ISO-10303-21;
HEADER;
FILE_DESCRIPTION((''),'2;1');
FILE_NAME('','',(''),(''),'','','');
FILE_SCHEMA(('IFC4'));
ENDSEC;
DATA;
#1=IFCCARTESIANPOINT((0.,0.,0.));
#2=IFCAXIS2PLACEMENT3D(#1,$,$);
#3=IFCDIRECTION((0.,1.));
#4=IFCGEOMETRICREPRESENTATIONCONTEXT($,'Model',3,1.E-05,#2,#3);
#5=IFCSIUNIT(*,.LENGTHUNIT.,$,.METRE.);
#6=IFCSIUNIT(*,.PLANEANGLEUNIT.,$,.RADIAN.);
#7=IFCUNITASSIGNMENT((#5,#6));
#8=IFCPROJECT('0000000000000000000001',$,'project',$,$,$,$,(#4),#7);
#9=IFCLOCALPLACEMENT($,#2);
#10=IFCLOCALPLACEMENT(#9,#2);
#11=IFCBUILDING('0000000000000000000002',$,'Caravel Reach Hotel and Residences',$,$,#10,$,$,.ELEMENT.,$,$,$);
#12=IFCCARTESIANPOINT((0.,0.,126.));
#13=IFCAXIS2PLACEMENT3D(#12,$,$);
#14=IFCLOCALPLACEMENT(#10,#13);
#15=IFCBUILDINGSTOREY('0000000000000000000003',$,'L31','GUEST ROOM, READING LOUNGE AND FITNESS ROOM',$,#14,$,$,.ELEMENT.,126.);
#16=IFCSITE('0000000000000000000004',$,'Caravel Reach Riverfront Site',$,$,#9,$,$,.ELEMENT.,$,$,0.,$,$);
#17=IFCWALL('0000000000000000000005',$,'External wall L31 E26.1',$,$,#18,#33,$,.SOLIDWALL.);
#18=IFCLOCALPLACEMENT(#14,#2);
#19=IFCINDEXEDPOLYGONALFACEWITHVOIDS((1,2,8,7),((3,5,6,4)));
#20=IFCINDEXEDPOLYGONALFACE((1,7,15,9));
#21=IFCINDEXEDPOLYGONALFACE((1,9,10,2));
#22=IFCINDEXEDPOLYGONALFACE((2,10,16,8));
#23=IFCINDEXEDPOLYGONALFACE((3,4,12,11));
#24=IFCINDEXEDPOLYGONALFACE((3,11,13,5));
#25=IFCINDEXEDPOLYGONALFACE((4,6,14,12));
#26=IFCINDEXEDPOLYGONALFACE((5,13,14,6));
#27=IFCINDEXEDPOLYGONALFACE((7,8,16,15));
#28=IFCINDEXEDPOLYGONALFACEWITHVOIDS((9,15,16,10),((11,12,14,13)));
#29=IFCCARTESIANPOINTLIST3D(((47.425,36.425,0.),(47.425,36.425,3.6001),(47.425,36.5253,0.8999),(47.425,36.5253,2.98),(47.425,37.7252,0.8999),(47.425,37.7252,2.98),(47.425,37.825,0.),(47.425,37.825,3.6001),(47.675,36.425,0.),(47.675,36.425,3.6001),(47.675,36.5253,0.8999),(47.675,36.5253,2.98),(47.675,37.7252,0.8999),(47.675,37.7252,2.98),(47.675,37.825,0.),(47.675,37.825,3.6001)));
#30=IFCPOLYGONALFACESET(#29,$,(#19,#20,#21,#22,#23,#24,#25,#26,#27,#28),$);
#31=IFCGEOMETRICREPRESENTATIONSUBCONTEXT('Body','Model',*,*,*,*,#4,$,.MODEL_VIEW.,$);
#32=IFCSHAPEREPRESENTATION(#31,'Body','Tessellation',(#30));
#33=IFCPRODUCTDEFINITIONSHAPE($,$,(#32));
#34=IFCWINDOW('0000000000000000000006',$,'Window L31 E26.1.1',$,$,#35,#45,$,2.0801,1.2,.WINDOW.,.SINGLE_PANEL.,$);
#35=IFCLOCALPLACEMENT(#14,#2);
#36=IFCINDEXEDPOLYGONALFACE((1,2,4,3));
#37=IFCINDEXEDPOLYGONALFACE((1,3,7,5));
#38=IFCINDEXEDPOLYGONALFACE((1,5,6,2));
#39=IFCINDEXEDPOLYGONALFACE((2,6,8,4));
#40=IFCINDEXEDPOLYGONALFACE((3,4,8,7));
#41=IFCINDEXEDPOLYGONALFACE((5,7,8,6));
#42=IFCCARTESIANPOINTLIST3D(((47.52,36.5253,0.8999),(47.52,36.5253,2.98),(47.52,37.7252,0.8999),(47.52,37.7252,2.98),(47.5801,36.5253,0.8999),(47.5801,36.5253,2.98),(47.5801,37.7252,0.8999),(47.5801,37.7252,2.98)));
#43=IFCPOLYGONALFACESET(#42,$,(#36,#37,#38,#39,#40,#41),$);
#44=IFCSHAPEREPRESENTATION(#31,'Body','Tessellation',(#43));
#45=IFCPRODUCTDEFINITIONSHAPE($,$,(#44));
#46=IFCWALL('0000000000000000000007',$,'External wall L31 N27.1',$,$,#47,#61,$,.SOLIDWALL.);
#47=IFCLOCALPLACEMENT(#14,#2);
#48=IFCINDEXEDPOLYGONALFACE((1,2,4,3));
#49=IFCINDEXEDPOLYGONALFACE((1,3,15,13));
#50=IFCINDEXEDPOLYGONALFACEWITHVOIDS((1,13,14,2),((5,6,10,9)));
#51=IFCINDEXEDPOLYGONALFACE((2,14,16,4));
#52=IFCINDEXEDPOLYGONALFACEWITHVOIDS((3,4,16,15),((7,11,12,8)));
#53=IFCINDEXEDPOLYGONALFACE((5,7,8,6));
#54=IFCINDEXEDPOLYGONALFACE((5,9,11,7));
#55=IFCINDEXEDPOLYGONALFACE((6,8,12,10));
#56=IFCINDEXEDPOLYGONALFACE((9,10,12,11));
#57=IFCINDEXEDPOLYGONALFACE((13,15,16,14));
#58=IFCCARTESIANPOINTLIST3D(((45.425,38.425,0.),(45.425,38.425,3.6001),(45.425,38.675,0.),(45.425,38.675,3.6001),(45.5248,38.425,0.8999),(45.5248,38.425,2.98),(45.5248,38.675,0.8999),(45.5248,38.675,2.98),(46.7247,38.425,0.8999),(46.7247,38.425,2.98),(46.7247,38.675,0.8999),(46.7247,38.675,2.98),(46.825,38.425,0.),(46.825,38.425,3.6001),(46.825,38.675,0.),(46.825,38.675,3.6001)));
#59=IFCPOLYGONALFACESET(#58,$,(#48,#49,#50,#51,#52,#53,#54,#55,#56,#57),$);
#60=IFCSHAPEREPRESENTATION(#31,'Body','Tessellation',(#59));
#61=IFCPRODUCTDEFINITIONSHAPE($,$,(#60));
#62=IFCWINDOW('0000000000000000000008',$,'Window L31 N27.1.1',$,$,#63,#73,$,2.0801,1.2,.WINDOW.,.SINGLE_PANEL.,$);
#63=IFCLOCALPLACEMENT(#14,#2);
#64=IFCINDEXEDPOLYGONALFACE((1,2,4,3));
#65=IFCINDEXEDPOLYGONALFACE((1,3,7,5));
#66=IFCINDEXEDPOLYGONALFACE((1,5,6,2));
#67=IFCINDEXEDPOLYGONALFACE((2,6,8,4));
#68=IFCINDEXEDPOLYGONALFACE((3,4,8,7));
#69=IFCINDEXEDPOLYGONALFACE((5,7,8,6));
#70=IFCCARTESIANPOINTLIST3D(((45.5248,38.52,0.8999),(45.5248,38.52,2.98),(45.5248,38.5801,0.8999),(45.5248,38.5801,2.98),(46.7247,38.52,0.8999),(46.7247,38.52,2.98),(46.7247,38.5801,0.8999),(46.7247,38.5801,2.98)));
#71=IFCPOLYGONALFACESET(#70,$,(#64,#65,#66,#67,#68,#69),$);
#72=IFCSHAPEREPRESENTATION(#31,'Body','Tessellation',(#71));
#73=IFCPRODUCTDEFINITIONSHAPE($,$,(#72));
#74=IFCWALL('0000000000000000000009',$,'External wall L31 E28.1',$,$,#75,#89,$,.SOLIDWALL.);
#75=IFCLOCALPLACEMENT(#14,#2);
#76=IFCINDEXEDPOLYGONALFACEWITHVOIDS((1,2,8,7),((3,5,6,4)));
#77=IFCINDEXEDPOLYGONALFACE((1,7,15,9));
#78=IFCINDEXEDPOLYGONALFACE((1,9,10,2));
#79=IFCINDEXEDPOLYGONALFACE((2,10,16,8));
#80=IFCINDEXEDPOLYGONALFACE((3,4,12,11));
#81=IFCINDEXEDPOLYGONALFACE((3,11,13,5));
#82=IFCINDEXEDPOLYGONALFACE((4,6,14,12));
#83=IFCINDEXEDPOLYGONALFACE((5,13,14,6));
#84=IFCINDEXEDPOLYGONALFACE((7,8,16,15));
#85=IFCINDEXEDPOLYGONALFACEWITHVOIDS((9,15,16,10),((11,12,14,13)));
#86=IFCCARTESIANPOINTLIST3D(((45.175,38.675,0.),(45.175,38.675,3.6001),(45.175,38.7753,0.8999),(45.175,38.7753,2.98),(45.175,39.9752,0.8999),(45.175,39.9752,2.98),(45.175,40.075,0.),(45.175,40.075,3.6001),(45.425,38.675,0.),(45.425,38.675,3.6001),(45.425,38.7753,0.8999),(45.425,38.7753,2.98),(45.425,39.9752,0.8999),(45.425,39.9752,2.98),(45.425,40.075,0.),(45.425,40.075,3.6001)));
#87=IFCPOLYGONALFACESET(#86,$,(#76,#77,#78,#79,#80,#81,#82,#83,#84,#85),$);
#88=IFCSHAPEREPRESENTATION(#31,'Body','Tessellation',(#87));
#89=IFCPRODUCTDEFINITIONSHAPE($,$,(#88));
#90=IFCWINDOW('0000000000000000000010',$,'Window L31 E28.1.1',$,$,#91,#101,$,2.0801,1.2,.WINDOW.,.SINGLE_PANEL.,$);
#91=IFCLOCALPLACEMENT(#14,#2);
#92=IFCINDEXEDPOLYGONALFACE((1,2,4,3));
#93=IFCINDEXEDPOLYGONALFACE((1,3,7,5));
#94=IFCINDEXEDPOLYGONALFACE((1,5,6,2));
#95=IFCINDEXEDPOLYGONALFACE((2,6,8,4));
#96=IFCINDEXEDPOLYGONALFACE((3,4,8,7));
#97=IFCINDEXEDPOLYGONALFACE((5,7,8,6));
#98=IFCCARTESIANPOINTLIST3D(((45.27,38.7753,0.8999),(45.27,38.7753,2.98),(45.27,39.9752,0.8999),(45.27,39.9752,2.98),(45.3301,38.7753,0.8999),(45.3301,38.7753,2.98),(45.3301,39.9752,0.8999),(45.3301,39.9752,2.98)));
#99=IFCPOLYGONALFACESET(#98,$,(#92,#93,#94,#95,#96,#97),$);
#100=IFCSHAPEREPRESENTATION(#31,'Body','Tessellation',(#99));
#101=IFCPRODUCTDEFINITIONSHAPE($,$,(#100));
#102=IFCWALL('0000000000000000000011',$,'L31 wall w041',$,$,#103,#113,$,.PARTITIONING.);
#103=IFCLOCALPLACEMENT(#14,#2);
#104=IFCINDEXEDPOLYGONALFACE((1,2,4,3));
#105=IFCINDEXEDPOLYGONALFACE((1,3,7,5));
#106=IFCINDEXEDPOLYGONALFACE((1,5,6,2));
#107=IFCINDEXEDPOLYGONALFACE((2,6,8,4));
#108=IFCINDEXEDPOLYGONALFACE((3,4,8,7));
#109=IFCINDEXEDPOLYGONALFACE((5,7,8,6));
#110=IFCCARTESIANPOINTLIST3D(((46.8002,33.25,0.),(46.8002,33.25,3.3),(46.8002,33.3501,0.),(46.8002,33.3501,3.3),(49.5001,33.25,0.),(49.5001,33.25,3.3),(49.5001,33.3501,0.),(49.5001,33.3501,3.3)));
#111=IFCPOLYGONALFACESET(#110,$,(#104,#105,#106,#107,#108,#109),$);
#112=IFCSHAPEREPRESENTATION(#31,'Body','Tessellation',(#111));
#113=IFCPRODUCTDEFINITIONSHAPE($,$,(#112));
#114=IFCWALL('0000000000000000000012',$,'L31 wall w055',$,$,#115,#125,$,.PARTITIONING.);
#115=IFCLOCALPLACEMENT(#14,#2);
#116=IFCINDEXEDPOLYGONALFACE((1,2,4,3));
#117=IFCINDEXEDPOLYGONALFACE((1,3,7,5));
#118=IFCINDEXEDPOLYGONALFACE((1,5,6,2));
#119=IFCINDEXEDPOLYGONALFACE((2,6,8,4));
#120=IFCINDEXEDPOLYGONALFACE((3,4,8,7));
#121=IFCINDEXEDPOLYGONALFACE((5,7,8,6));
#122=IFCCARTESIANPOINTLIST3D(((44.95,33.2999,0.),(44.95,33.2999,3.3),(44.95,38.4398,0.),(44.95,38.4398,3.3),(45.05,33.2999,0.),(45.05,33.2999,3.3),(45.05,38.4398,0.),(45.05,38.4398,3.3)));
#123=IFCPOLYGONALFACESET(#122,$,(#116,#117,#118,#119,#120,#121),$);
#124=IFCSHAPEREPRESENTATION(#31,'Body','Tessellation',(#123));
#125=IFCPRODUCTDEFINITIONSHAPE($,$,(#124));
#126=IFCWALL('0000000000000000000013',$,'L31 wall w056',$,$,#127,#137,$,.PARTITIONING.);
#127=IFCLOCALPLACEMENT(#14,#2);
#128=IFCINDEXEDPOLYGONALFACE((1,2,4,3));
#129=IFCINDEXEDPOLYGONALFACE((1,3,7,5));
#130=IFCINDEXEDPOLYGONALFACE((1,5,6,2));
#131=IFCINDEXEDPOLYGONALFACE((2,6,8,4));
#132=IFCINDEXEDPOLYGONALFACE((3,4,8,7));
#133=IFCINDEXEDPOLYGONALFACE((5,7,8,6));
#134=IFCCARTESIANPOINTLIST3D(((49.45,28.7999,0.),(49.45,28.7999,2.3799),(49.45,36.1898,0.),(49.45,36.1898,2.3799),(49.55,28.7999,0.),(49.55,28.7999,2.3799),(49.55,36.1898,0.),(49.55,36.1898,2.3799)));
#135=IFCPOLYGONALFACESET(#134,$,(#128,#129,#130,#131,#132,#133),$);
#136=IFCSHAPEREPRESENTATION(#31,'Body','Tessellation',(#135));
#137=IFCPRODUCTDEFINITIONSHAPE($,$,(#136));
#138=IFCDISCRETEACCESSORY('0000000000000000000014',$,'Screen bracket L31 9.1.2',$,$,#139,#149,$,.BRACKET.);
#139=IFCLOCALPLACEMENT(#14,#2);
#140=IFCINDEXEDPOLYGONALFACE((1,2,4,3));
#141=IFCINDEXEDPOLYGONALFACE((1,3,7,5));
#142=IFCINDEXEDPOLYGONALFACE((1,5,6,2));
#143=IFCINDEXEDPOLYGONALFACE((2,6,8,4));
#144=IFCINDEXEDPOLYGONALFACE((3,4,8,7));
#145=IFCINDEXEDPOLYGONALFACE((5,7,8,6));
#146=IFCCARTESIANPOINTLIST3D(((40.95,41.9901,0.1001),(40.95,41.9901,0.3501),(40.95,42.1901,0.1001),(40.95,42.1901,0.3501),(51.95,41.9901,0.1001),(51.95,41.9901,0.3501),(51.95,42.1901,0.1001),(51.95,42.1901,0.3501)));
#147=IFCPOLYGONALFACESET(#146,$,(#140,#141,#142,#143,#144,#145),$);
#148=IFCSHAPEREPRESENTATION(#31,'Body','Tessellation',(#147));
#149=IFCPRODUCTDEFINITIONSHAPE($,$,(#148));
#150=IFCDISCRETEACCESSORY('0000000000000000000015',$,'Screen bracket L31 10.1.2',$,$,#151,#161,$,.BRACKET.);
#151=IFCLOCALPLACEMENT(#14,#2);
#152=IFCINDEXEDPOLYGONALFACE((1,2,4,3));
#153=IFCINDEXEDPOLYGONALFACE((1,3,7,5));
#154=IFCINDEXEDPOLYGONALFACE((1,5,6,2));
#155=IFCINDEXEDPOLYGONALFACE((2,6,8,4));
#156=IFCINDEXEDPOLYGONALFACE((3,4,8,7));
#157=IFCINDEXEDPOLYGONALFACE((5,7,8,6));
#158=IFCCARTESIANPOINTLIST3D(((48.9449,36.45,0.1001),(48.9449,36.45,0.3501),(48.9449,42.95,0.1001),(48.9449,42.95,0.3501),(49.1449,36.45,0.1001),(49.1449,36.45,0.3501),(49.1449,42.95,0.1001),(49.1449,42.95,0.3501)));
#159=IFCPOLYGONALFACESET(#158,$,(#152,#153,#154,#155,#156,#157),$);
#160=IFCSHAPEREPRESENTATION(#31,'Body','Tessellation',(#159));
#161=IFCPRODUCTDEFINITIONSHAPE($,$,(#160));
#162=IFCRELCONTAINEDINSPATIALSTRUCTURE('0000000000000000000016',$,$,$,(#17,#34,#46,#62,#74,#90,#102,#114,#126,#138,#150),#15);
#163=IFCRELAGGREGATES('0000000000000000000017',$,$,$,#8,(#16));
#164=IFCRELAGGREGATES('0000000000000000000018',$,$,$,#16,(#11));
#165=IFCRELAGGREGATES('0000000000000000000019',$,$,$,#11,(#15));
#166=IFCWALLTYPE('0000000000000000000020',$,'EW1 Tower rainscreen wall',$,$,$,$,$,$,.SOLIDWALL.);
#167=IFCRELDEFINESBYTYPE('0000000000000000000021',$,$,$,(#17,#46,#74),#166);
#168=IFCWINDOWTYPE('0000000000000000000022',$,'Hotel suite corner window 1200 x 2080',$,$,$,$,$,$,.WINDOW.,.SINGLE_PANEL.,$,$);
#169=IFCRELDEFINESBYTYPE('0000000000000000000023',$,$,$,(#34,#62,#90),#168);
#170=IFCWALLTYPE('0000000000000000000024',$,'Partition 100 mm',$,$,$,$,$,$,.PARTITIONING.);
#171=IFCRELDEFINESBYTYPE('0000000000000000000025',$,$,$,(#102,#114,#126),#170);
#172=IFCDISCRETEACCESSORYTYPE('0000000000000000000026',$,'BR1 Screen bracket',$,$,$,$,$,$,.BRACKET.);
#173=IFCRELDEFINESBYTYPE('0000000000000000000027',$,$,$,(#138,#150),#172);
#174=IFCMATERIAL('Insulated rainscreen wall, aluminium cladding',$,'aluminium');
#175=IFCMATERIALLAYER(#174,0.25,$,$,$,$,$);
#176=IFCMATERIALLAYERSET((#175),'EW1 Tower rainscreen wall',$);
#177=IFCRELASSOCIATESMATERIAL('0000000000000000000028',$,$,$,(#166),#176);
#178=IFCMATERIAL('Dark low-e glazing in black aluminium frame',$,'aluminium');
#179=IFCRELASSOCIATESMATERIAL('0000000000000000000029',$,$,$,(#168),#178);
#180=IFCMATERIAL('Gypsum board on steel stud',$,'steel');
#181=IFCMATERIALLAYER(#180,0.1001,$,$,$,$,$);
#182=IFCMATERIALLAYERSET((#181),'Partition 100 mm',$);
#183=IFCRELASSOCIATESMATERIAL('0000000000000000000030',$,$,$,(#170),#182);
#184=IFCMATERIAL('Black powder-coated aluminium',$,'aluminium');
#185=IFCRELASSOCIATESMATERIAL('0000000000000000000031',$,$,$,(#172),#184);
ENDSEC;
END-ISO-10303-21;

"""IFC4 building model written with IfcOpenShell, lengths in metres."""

from ifc_helpers import new_model, si_unit, direction, frame, frame_2d, origin, origin_2d, place, context, subcontext, project, spatial, rectangle, extrude, material, layer, layer_set, type_object, element, fill, save


model = new_model("IFC4")

# Units and contexts
model_context = context("Model", 3, precision=1e-05, world=origin(), true_north=direction((0.0, 1.0)))
body_context = subcontext(model_context, "Body", "Model", "MODEL_VIEW")
ifc_project = project(units=[si_unit("LENGTHUNIT", "METRE"), si_unit("PLANEANGLEUNIT", "RADIAN")], contexts=[model_context])

# Site, building, storey
site_placement = place(None, origin())
site = spatial("IfcSite", under=ifc_project, at=site_placement, Name="Caravel Reach Riverfront Site", CompositionType="ELEMENT", RefElevation=0.0)
building_placement = place(site_placement, origin())
building = spatial("IfcBuilding", under=site, at=building_placement, Name="Caravel Reach Hotel and Residences", CompositionType="ELEMENT")
storey_placement = place(building_placement, frame((0.0, 0.0, 126.0)))
storey = spatial("IfcBuildingStorey", under=building, at=storey_placement, Name="L31", Description="GUEST ROOM, READING LOUNGE AND FITNESS ROOM", CompositionType="ELEMENT", Elevation=126.0)

# Walls, openings, windows
ifc_material_1 = material(Name="Insulated rainscreen wall, aluminium cladding", Category="aluminium")
ifc_layer_1 = layer(ifc_material_1, 0.25)
ifc_layer_set_1 = layer_set([ifc_layer_1], Name="EW1 Tower rainscreen wall")
wall_type_1 = type_object("IfcWallType", Name="EW1 Tower rainscreen wall", PredefinedType="SOLIDWALL", material=ifc_layer_set_1)
ifc_material_2 = material(Name="Dark low-e glazing in black aluminium frame", Category="aluminium")
window_type = type_object("IfcWindowType", Name="Hotel suite corner window 1200 x 2080", PartitioningType="SINGLE_PANEL", PredefinedType="WINDOW", material=ifc_material_2)
wall_1_placement = place(storey_placement, frame((47.55, 36.425, 0.0), z_axis=(0.0, 0.0, 1.0), x_axis=(0.0, 1.0, 0.0)))
wall_1 = element("IfcWall", 1, at=wall_1_placement, inside=storey, type_object=wall_type_1, Name="External wall L31 E26.1", PredefinedType="SOLIDWALL", context=body_context, shape_type="SweptSolid", body=[
    extrude(rectangle(XDim=1.3999, YDim=0.25, at=frame_2d((0.7, 0.0))), origin(), (0.0, 0.0, 1.0), 3.6001),
])
opening_1_placement = place(wall_1_placement, frame((0.1001, 0.0, 0.8999)))
opening_1 = element("IfcOpeningElement", 2, at=opening_1_placement, cuts=wall_1, PredefinedType="OPENING", context=body_context, shape_type="SweptSolid", body=[
    extrude(rectangle(XDim=1.2, YDim=2.0801, at=frame_2d((0.6001, 1.04))), frame((0.0, 0.135, 0.0), z_axis=(0.0, -1.0, 0.0), x_axis=(1.0, 0.0, 0.0)), (0.0, 0.0, 1.0), 0.27),
])
window_1_placement = place(opening_1_placement, origin())
window_1 = element("IfcWindow", 3, at=window_1_placement, inside=storey, type_object=window_type, Name="Window L31 E26.1.1", OverallHeight=2.0801, OverallWidth=1.2, PartitioningType="SINGLE_PANEL", PredefinedType="WINDOW", context=body_context, shape_type="SweptSolid", body=[
    extrude(rectangle(XDim=1.2, YDim=2.0801, at=frame_2d((0.6001, 1.04))), frame((0.0, 0.03, 0.0), z_axis=(0.0, -1.0, 0.0), x_axis=(1.0, 0.0, 0.0)), (0.0, 0.0, 1.0), 0.0601),
])
fill(opening_1, window_1)
wall_2_placement = place(storey_placement, frame((46.825, 38.55, 0.0), z_axis=(0.0, 0.0, 1.0), x_axis=(-1.0, 0.0, 0.0)))
wall_2 = element("IfcWall", 4, at=wall_2_placement, inside=storey, type_object=wall_type_1, Name="External wall L31 N27.1", PredefinedType="SOLIDWALL", context=body_context, shape_type="SweptSolid", body=[
    extrude(rectangle(XDim=1.3999, YDim=0.25, at=frame_2d((0.7, 0.0))), origin(), (0.0, 0.0, 1.0), 3.6001),
])
opening_2_placement = place(wall_2_placement, frame((0.1001, 0.0, 0.8999)))
opening_2 = element("IfcOpeningElement", 5, at=opening_2_placement, cuts=wall_2, PredefinedType="OPENING", context=body_context, shape_type="SweptSolid", body=[
    extrude(rectangle(XDim=1.2, YDim=2.0801, at=frame_2d((0.6001, 1.04))), frame((0.0, 0.135, 0.0), z_axis=(0.0, -1.0, 0.0), x_axis=(1.0, 0.0, 0.0)), (0.0, 0.0, 1.0), 0.27),
])
window_2_placement = place(opening_2_placement, origin())
window_2 = element("IfcWindow", 6, at=window_2_placement, inside=storey, type_object=window_type, Name="Window L31 N27.1.1", OverallHeight=2.0801, OverallWidth=1.2, PartitioningType="SINGLE_PANEL", PredefinedType="WINDOW", context=body_context, shape_type="SweptSolid", body=[
    extrude(rectangle(XDim=1.2, YDim=2.0801, at=frame_2d((0.6001, 1.04))), frame((0.0, 0.03, 0.0), z_axis=(0.0, -1.0, 0.0), x_axis=(1.0, 0.0, 0.0)), (0.0, 0.0, 1.0), 0.0601),
])
fill(opening_2, window_2)
wall_3_placement = place(storey_placement, frame((45.3, 38.675, 0.0), z_axis=(0.0, 0.0, 1.0), x_axis=(0.0, 1.0, 0.0)))
wall_3 = element("IfcWall", 7, at=wall_3_placement, inside=storey, type_object=wall_type_1, Name="External wall L31 E28.1", PredefinedType="SOLIDWALL", context=body_context, shape_type="SweptSolid", body=[
    extrude(rectangle(XDim=1.3999, YDim=0.25, at=frame_2d((0.7, 0.0))), origin(), (0.0, 0.0, 1.0), 3.6001),
])
opening_3_placement = place(wall_3_placement, frame((0.1001, 0.0, 0.8999)))
opening_3 = element("IfcOpeningElement", 8, at=opening_3_placement, cuts=wall_3, PredefinedType="OPENING", context=body_context, shape_type="SweptSolid", body=[
    extrude(rectangle(XDim=1.2, YDim=2.0801, at=frame_2d((0.6001, 1.04))), frame((0.0, 0.135, 0.0), z_axis=(0.0, -1.0, 0.0), x_axis=(1.0, 0.0, 0.0)), (0.0, 0.0, 1.0), 0.27),
])
window_3_placement = place(opening_3_placement, origin())
window_3 = element("IfcWindow", 9, at=window_3_placement, inside=storey, type_object=window_type, Name="Window L31 E28.1.1", OverallHeight=2.0801, OverallWidth=1.2, PartitioningType="SINGLE_PANEL", PredefinedType="WINDOW", context=body_context, shape_type="SweptSolid", body=[
    extrude(rectangle(XDim=1.2, YDim=2.0801, at=frame_2d((0.6001, 1.04))), frame((0.0, 0.03, 0.0), z_axis=(0.0, -1.0, 0.0), x_axis=(1.0, 0.0, 0.0)), (0.0, 0.0, 1.0), 0.0601),
])
fill(opening_3, window_3)

# Walls
ifc_material_3 = material(Name="Gypsum board on steel stud", Category="steel")
ifc_layer_2 = layer(ifc_material_3, 0.1001)
ifc_layer_set_2 = layer_set([ifc_layer_2], Name="Partition 100 mm")
wall_type_2 = type_object("IfcWallType", Name="Partition 100 mm", PredefinedType="PARTITIONING", material=ifc_layer_set_2)
wall_4_placement = place(storey_placement, frame((46.8, 33.3, 0.0), z_axis=(0.0, 0.0, 1.0), x_axis=(1.0, 0.0, 0.0)))
element("IfcWall", 10, at=wall_4_placement, inside=storey, type_object=wall_type_2, Name="L31 wall w041", PredefinedType="PARTITIONING", context=body_context, shape_type="SweptSolid", body=[
    extrude(rectangle(XDim=2.7, YDim=0.1001, at=frame_2d((1.3501, 0.0))), origin(), (0.0, 0.0, 1.0), 3.3),
])
wall_5_placement = place(storey_placement, frame((45.0, 33.3, 0.0), z_axis=(0.0, 0.0, 1.0), x_axis=(0.0, 1.0, 0.0)))
element("IfcWall", 11, at=wall_5_placement, inside=storey, type_object=wall_type_2, Name="L31 wall w055", PredefinedType="PARTITIONING", context=body_context, shape_type="SweptSolid", body=[
    extrude(rectangle(XDim=5.1399, YDim=0.1001, at=frame_2d((2.5698, 0.0))), origin(), (0.0, 0.0, 1.0), 3.3),
])
wall_6_placement = place(storey_placement, frame((49.5, 28.8, 0.0), z_axis=(0.0, 0.0, 1.0), x_axis=(0.0, 1.0, 0.0)))
element("IfcWall", 12, at=wall_6_placement, inside=storey, type_object=wall_type_2, Name="L31 wall w056", PredefinedType="PARTITIONING", context=body_context, shape_type="SweptSolid", body=[
    extrude(rectangle(XDim=7.3899, YDim=0.1001, at=frame_2d((3.6948, 0.0))), origin(), (0.0, 0.0, 1.0), 2.3799),
])

# Discrete accessories
ifc_material_4 = material(Name="Black powder-coated aluminium", Category="aluminium")
discrete_accessory_type = type_object("IfcDiscreteAccessoryType", Name="BR1 Screen bracket", PredefinedType="BRACKET", material=ifc_material_4)
discrete_accessory_1_placement = place(storey_placement, frame((46.45, 42.0901, 0.1001), z_axis=(0.0, 0.0, 1.0), x_axis=(1.0, 0.0, 0.0)))
element("IfcDiscreteAccessory", 13, at=discrete_accessory_1_placement, inside=storey, type_object=discrete_accessory_type, Name="Screen bracket L31 9.1.2", PredefinedType="BRACKET", context=body_context, shape_type="SweptSolid", body=[
    extrude(rectangle(XDim=11.0, YDim=0.2, at=origin_2d()), origin(), (0.0, 0.0, 1.0), 0.25),
])
discrete_accessory_2_placement = place(storey_placement, frame((49.0449, 39.7, 0.1001), z_axis=(0.0, 0.0, 1.0), x_axis=(0.0, 1.0, 0.0)))
element("IfcDiscreteAccessory", 14, at=discrete_accessory_2_placement, inside=storey, type_object=discrete_accessory_type, Name="Screen bracket L31 10.1.2", PredefinedType="BRACKET", context=body_context, shape_type="SweptSolid", body=[
    extrude(rectangle(XDim=6.5, YDim=0.2, at=origin_2d()), origin(), (0.0, 0.0, 1.0), 0.25),
])

save(model, "model.ifc")
